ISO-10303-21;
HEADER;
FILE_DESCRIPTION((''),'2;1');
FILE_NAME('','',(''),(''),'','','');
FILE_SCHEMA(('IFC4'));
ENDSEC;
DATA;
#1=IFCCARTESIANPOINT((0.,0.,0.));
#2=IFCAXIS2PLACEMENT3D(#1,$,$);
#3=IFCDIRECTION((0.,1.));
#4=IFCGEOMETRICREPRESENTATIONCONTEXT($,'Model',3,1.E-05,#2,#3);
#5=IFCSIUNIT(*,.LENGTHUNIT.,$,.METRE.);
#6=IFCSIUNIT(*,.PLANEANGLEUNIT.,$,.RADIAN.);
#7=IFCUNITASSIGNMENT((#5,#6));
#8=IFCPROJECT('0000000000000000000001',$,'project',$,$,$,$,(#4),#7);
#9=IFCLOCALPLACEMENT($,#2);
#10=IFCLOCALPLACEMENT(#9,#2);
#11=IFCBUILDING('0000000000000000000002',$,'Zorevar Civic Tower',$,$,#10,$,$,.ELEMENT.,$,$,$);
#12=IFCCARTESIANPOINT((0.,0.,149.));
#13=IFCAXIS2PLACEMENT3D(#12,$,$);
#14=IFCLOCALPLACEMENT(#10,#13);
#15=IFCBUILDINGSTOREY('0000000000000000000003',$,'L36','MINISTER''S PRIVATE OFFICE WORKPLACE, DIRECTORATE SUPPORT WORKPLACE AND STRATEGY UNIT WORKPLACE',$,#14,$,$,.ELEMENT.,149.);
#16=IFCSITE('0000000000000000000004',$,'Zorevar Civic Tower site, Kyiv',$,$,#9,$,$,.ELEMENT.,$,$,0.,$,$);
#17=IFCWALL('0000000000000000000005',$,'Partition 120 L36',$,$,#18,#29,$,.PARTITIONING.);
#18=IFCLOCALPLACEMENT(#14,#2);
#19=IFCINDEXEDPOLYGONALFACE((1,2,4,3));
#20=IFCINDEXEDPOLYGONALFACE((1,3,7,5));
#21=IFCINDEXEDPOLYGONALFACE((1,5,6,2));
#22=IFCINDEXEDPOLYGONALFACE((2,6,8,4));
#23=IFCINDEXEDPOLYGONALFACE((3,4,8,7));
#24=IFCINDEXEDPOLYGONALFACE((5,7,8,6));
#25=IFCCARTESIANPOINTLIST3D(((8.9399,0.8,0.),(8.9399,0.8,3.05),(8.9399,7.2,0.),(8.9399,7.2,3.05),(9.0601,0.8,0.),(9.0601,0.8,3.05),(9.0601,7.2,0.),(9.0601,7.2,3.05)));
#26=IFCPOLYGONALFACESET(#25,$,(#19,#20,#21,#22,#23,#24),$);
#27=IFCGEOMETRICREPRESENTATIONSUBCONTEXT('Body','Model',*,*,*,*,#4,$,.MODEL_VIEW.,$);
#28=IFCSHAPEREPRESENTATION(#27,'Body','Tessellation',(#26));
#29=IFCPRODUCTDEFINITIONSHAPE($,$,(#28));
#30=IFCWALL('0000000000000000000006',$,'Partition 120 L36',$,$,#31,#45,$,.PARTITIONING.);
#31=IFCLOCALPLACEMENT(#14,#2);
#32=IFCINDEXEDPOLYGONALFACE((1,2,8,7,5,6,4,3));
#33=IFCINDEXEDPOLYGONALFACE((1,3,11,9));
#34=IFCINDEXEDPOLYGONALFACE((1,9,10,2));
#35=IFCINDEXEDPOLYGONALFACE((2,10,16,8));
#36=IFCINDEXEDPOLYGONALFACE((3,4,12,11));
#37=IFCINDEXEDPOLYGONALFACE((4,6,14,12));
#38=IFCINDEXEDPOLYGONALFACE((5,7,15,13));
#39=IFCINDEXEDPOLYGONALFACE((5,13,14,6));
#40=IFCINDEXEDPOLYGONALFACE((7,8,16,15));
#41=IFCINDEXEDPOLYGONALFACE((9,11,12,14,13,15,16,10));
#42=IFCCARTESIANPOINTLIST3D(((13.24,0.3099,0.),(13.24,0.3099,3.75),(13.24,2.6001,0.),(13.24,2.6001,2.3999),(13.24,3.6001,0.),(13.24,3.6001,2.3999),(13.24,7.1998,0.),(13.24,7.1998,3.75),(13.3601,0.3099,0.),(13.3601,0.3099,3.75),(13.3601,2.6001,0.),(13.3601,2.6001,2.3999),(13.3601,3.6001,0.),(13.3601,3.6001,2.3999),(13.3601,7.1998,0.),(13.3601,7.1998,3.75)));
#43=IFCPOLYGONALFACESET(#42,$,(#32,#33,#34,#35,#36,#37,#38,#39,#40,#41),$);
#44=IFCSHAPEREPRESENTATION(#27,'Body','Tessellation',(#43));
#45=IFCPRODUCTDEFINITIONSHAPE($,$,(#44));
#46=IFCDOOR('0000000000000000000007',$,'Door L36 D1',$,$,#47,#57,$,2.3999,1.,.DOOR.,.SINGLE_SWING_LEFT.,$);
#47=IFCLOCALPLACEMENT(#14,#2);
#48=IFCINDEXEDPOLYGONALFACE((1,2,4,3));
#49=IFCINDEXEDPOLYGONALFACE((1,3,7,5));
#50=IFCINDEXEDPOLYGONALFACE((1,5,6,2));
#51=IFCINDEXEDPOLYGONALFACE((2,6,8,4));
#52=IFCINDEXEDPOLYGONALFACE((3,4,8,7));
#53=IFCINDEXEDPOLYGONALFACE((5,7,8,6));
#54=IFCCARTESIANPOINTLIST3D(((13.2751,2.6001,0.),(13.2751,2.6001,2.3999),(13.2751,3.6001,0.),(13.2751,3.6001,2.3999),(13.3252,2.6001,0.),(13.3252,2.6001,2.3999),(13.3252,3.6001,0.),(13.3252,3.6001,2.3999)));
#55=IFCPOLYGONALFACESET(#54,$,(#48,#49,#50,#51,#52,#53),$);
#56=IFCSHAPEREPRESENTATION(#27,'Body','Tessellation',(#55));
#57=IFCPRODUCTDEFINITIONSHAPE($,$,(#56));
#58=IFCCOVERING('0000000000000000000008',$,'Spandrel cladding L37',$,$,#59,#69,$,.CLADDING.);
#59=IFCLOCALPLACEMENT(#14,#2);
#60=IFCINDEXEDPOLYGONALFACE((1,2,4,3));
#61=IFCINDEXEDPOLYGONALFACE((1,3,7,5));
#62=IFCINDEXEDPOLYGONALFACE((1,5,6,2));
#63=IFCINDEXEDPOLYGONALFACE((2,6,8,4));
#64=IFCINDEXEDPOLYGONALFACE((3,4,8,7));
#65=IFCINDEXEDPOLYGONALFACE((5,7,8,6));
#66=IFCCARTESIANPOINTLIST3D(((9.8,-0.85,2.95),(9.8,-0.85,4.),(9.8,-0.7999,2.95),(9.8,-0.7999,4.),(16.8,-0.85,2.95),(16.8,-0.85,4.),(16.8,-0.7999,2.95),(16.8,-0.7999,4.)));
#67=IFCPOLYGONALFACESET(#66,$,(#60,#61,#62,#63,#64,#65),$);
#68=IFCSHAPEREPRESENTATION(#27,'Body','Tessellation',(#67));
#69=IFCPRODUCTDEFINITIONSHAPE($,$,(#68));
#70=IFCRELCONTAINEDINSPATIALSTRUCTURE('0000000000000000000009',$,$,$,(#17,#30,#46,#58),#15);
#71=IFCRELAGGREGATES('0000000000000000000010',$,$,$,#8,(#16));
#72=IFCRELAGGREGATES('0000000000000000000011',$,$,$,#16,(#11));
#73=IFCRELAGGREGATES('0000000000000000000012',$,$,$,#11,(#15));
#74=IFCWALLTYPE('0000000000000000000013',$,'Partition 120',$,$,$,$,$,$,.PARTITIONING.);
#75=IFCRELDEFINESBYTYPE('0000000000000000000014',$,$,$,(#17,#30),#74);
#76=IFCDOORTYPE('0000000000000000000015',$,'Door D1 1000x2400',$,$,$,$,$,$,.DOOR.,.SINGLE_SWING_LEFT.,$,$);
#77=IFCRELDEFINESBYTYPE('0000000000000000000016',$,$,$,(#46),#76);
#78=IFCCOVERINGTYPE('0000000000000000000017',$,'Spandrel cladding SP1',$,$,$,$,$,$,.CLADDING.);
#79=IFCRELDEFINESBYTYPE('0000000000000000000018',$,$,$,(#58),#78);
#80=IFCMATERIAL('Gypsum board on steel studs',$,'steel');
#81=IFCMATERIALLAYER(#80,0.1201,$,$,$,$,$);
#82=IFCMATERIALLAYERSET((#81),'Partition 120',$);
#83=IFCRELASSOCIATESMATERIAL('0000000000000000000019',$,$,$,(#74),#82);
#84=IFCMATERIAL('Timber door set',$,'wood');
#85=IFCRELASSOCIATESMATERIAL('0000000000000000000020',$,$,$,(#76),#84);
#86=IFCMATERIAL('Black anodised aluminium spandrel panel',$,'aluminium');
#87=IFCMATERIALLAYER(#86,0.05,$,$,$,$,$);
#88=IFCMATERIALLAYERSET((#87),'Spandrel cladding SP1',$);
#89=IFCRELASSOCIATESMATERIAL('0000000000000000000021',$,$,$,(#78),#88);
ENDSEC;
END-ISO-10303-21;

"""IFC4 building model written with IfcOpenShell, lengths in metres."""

from ifc_helpers import new_model, si_unit, direction, frame, frame_2d, origin, place, context, subcontext, project, spatial, rectangle, extrude, material, layer, layer_set, type_object, element, fill, save


model = new_model("IFC4")

# Units and contexts
model_context = context("Model", 3, precision=1e-05, world=origin(), true_north=direction((0.0, 1.0)))
body_context = subcontext(model_context, "Body", "Model", "MODEL_VIEW")
ifc_project = project(units=[si_unit("LENGTHUNIT", "METRE"), si_unit("PLANEANGLEUNIT", "RADIAN")], contexts=[model_context])

# Site, building, storey
site_placement = place(None, origin())
site = spatial("IfcSite", under=ifc_project, at=site_placement, Name="Zorevar Civic Tower site, Kyiv", CompositionType="ELEMENT", RefElevation=0.0)
building_placement = place(site_placement, origin())
building = spatial("IfcBuilding", under=site, at=building_placement, Name="Zorevar Civic Tower", CompositionType="ELEMENT")
storey_placement = place(building_placement, frame((0.0, 0.0, 149.0)))
storey = spatial("IfcBuildingStorey", under=building, at=storey_placement, Name="L36", Description="MINISTER'S PRIVATE OFFICE WORKPLACE, DIRECTORATE SUPPORT WORKPLACE AND STRATEGY UNIT WORKPLACE", CompositionType="ELEMENT", Elevation=149.0)

# Shared definitions
ifc_material_1 = material(Name="Gypsum board on steel studs", Category="steel")
ifc_layer_1 = layer(ifc_material_1, 0.1201)
ifc_layer_set_1 = layer_set([ifc_layer_1], Name="Partition 120")
wall_type = type_object("IfcWallType", Name="Partition 120", PredefinedType="PARTITIONING", material=ifc_layer_set_1)
ifc_material_2 = material(Name="Timber door set", Category="wood")
door_type = type_object("IfcDoorType", Name="Door D1 1000x2400", OperationType="SINGLE_SWING_LEFT", PredefinedType="DOOR", material=ifc_material_2)

# Wall
wall_1_placement = place(storey_placement, frame((9.0, 0.8, 0.0), z_axis=(0.0, 0.0, 1.0), x_axis=(0.0, 1.0, 0.0)))
element("IfcWall", 1, at=wall_1_placement, inside=storey, type_object=wall_type, Name="Partition 120 L36", PredefinedType="PARTITIONING", context=body_context, shape_type="SweptSolid", body=[
    extrude(rectangle(XDim=6.3999, YDim=0.1201, at=frame_2d((3.2, 0.0))), origin(), (0.0, 0.0, 1.0), 3.05),
])

# Wall, opening, door
wall_2_placement = place(storey_placement, frame((13.3, 0.3101, 0.0), z_axis=(0.0, 0.0, 1.0), x_axis=(0.0, 1.0, 0.0)))
wall_2 = element("IfcWall", 2, at=wall_2_placement, inside=storey, type_object=wall_type, Name="Partition 120 L36", PredefinedType="PARTITIONING", context=body_context, shape_type="SweptSolid", body=[
    extrude(rectangle(XDim=6.8899, YDim=0.1201, at=frame_2d((3.4448, 0.0))), origin(), (0.0, 0.0, 1.0), 3.75),
])
opening_1_placement = place(wall_2_placement, frame((2.29, 0.0, 0.0)))
opening_1 = element("IfcOpeningElement", 3, at=opening_1_placement, cuts=wall_2, PredefinedType="OPENING", context=body_context, shape_type="SweptSolid", body=[
    extrude(rectangle(XDim=1.0, YDim=2.3999, at=frame_2d((0.5, 1.2))), frame((0.0, 0.0701, 0.0), z_axis=(0.0, -1.0, 0.0), x_axis=(1.0, 0.0, 0.0)), (0.0, 0.0, 1.0), 0.1401),
])
door_1_placement = place(opening_1_placement, origin())
door_1 = element("IfcDoor", 4, at=door_1_placement, inside=storey, type_object=door_type, Name="Door L36 D1", OperationType="SINGLE_SWING_LEFT", OverallHeight=2.3999, OverallWidth=1.0, PredefinedType="DOOR", context=body_context, shape_type="SweptSolid", body=[
    extrude(rectangle(XDim=1.0, YDim=2.3999, at=frame_2d((0.5, 1.2))), frame((0.0, 0.0249, 0.0), z_axis=(0.0, -1.0, 0.0), x_axis=(1.0, 0.0, 0.0)), (0.0, 0.0, 1.0), 0.05),
])
fill(opening_1, door_1)

# Covering
ifc_material_3 = material(Name="Black anodised aluminium spandrel panel", Category="aluminium")
ifc_layer_2 = layer(ifc_material_3, 0.05)
ifc_layer_set_2 = layer_set([ifc_layer_2], Name="Spandrel cladding SP1")
covering_type = type_object("IfcCoveringType", Name="Spandrel cladding SP1", PredefinedType="CLADDING", material=ifc_layer_set_2)
covering_placement = place(storey_placement, frame((9.8, -0.825, 2.95), z_axis=(0.0, 0.0, 1.0), x_axis=(1.0, 0.0, 0.0)))
element("IfcCovering", 5, at=covering_placement, inside=storey, type_object=covering_type, Name="Spandrel cladding L37", PredefinedType="CLADDING", context=body_context, shape_type="SweptSolid", body=[
    extrude(rectangle(XDim=7.0, YDim=0.05, at=frame_2d((3.5, 0.0))), origin(), (0.0, 0.0, 1.0), 1.05),
])

save(model, "model.ifc")
